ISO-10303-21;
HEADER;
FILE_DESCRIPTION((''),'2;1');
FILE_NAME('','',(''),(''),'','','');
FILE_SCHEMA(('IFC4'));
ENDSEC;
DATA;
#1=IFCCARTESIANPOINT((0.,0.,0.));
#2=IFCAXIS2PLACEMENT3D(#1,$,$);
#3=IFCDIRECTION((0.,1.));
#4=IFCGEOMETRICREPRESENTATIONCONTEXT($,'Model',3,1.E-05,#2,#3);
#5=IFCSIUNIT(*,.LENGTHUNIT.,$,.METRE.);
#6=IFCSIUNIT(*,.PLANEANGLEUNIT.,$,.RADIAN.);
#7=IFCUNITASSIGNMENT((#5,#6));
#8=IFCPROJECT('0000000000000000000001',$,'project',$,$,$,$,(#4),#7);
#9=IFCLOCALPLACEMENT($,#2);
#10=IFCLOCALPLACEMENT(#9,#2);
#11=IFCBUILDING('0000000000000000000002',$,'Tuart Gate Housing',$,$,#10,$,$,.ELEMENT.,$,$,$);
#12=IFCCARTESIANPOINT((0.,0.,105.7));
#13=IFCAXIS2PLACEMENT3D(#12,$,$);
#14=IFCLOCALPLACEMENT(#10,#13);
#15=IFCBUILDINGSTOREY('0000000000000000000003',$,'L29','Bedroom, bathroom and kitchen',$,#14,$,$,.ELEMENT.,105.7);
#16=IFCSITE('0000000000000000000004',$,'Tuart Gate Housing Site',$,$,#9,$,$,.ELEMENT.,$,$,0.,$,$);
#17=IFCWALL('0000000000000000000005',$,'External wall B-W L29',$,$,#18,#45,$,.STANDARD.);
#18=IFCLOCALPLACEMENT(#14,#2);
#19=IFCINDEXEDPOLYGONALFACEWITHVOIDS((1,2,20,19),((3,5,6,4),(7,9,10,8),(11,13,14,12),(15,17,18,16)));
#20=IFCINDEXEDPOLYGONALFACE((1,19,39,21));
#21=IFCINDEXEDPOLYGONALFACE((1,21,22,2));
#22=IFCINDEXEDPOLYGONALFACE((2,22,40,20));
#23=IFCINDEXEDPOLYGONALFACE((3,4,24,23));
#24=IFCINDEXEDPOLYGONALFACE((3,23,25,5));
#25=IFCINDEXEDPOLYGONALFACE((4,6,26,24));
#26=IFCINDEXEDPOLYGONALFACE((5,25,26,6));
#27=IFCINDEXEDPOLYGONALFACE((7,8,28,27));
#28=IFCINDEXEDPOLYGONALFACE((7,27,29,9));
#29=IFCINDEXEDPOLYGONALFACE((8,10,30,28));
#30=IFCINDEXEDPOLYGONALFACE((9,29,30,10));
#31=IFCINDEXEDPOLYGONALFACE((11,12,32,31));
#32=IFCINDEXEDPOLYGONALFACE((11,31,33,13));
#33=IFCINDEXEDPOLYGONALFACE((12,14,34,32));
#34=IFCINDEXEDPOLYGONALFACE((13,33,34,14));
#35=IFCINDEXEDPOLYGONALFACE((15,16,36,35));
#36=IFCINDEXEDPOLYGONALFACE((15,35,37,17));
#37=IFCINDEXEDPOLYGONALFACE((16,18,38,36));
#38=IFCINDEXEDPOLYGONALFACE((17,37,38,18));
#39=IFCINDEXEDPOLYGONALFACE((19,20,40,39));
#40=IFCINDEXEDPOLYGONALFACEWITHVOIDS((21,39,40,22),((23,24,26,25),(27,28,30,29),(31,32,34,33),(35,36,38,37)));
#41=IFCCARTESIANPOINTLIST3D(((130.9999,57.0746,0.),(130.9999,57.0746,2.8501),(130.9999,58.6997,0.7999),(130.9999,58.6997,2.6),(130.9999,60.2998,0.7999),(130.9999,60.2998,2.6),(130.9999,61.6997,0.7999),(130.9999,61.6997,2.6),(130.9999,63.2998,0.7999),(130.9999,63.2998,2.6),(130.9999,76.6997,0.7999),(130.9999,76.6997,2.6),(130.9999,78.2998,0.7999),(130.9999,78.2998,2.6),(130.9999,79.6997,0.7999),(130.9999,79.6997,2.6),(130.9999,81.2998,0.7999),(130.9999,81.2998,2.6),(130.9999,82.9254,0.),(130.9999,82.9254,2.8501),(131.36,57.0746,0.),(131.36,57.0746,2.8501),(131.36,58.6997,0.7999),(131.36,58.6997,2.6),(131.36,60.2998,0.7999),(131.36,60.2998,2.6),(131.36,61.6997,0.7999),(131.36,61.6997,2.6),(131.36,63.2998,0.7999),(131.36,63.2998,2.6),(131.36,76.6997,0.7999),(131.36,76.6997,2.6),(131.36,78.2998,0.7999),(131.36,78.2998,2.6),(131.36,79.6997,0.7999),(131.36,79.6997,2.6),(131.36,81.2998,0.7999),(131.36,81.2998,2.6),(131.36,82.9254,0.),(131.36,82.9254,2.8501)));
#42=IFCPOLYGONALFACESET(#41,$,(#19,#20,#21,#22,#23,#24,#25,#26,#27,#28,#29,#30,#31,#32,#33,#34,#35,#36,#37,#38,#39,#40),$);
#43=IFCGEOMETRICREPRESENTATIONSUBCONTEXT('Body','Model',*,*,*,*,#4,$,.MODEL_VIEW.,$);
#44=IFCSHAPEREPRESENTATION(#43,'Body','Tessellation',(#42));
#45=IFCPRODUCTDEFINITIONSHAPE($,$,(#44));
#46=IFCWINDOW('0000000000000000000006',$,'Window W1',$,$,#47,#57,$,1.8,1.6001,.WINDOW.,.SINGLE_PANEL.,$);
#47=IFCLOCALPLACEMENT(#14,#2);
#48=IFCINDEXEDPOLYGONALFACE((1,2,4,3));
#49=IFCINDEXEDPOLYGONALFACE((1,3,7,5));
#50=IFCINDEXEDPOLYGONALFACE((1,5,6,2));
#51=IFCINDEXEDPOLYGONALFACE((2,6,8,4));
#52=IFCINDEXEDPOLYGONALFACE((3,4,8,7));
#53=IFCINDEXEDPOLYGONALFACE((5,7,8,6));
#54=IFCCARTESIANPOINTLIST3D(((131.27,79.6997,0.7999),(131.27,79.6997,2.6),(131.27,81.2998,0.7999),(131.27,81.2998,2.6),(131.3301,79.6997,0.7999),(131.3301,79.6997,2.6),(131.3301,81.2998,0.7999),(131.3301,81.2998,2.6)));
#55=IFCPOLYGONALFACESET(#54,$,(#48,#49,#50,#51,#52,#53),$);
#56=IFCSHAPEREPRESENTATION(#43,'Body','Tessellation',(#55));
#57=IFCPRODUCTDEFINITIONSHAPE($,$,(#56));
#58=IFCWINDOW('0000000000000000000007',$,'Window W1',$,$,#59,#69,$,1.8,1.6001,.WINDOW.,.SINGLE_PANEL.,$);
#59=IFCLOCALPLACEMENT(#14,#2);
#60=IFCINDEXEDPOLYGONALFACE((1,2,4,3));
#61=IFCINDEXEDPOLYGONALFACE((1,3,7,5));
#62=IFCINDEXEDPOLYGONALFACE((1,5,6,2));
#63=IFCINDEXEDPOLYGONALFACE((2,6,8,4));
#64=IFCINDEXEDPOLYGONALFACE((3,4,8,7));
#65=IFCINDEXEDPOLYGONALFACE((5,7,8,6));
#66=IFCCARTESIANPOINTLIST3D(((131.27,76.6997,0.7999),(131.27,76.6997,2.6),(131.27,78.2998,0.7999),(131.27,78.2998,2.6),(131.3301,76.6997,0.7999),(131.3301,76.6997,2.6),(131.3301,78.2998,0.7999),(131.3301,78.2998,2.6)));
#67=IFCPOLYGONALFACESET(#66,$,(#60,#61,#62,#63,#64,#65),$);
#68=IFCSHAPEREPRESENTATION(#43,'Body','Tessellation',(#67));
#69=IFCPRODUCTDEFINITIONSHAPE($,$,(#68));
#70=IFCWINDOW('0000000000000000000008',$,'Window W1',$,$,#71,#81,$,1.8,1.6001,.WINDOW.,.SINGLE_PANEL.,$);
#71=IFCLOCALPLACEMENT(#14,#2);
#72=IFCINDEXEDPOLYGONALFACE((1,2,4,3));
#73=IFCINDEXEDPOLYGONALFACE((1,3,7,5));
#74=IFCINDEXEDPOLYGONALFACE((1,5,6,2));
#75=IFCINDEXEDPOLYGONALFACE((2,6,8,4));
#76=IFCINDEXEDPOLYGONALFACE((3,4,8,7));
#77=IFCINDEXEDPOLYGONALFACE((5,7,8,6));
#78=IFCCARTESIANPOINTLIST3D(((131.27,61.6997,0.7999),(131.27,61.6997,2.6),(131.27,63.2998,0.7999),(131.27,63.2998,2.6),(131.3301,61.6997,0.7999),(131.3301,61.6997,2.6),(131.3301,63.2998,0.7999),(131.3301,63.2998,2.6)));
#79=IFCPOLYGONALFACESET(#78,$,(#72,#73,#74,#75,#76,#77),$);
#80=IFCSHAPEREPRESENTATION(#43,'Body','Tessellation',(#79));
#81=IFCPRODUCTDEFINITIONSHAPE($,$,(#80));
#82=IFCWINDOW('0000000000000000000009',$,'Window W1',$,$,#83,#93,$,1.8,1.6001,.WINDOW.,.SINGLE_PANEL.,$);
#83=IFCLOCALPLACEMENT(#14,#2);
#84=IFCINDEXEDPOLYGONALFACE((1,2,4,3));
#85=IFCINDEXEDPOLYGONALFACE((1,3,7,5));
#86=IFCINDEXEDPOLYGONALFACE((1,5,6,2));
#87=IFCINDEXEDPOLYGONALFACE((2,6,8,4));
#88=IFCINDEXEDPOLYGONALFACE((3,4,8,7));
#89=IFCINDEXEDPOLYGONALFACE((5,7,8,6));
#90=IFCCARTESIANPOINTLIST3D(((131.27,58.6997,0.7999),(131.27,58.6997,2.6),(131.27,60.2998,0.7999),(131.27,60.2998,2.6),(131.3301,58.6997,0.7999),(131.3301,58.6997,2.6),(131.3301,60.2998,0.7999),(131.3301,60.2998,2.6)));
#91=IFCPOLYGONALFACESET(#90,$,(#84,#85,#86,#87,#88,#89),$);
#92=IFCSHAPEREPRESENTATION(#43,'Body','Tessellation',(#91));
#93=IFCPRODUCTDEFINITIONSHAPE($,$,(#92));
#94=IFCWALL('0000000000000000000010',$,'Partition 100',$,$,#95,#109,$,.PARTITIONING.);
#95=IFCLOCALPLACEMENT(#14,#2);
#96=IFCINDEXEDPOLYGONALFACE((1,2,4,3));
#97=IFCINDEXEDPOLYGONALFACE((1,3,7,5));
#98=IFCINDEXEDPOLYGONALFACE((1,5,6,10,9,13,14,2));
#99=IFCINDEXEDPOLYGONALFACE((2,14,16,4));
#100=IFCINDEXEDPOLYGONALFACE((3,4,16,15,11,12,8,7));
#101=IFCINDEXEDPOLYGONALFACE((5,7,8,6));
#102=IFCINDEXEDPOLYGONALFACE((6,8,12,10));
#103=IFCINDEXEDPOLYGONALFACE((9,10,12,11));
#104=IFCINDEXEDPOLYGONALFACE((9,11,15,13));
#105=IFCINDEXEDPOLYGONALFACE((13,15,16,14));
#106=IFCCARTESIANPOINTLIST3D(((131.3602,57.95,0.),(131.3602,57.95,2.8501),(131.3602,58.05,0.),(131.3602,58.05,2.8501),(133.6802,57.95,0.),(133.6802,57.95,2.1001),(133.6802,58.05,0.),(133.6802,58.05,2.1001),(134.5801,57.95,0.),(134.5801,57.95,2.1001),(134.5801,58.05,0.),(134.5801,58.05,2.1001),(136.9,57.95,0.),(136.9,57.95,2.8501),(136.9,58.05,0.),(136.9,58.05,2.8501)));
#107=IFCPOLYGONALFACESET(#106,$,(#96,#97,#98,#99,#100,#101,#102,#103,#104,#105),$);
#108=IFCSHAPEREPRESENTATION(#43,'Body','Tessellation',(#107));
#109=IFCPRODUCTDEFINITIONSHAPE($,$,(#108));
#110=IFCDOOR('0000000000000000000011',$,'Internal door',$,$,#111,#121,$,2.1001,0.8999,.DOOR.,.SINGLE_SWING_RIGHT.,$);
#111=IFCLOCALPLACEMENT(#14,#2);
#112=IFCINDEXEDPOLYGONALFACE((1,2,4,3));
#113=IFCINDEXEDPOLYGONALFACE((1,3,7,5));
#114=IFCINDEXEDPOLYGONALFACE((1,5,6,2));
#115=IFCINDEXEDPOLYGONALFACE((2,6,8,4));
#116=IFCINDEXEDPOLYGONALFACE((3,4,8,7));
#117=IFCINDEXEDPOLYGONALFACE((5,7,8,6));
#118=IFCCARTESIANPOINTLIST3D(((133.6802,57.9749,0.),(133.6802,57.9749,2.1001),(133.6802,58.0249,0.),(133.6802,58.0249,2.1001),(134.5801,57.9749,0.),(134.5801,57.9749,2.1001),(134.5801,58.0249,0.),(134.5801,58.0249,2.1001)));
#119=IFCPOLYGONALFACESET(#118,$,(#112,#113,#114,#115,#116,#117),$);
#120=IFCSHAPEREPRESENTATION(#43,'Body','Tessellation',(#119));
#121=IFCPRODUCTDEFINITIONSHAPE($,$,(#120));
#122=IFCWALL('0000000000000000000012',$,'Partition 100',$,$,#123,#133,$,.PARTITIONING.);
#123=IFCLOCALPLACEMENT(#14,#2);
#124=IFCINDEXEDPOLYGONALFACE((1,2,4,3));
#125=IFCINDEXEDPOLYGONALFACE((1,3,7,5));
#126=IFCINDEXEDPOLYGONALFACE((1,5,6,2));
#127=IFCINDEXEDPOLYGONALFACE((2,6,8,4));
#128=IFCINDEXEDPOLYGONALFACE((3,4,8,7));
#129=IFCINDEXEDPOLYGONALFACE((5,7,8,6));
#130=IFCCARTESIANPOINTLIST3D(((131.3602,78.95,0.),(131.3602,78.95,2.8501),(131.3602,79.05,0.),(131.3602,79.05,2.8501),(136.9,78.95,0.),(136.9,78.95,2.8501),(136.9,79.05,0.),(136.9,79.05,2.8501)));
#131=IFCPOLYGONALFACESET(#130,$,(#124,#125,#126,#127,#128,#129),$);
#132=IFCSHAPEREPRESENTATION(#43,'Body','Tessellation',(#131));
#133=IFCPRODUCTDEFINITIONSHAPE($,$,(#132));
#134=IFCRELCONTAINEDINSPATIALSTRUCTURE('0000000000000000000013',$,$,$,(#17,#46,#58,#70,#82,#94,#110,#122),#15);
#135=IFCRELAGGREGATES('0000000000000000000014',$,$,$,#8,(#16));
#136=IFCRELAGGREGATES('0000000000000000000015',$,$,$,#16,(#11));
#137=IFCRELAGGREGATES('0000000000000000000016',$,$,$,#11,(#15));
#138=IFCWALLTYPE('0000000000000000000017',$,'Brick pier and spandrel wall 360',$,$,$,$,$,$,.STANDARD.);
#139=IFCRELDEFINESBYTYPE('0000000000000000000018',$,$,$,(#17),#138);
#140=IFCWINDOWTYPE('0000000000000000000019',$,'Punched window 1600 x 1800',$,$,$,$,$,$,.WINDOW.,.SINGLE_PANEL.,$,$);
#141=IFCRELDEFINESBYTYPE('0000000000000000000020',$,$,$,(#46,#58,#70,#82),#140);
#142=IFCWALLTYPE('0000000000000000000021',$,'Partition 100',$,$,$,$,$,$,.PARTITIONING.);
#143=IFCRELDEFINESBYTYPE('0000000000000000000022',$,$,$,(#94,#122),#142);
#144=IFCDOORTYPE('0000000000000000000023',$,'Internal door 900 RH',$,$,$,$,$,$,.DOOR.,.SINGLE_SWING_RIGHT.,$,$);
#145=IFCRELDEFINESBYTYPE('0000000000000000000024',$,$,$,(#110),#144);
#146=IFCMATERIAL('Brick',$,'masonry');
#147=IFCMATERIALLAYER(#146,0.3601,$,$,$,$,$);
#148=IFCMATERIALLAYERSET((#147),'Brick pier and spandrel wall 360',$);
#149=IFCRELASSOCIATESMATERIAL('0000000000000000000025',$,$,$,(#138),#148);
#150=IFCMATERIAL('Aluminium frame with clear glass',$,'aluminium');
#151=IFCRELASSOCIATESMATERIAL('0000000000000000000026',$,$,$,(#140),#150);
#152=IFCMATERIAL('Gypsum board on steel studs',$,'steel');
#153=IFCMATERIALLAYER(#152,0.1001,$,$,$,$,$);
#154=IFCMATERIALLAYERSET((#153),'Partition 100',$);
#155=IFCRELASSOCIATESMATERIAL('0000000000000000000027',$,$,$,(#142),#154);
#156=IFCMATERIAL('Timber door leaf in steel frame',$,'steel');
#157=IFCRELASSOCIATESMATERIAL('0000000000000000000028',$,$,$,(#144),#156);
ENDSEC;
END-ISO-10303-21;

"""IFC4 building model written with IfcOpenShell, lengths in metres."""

from ifc_helpers import new_model, si_unit, direction, frame, frame_2d, origin, place, context, subcontext, project, spatial, rectangle, extrude, material, layer, layer_set, type_object, element, fill, save


model = new_model("IFC4")

# Units and contexts
model_context = context("Model", 3, precision=1e-05, world=origin(), true_north=direction((0.0, 1.0)))
body_context = subcontext(model_context, "Body", "Model", "MODEL_VIEW")
ifc_project = project(units=[si_unit("LENGTHUNIT", "METRE"), si_unit("PLANEANGLEUNIT", "RADIAN")], contexts=[model_context])

# Site, building, storey
site_placement = place(None, origin())
site = spatial("IfcSite", under=ifc_project, at=site_placement, Name="Tuart Gate Housing Site", CompositionType="ELEMENT", RefElevation=0.0)
building_placement = place(site_placement, origin())
building = spatial("IfcBuilding", under=site, at=building_placement, Name="Tuart Gate Housing", CompositionType="ELEMENT")
storey_placement = place(building_placement, frame((0.0, 0.0, 105.7)))
storey = spatial("IfcBuildingStorey", under=building, at=storey_placement, Name="L29", Description="Bedroom, bathroom and kitchen", CompositionType="ELEMENT", Elevation=105.7)

# Shared definitions
ifc_material_1 = material(Name="Brick", Category="masonry")
ifc_layer_1 = layer(ifc_material_1, 0.3601)
ifc_layer_set_1 = layer_set([ifc_layer_1], Name="Brick pier and spandrel wall 360")
wall_type_1 = type_object("IfcWallType", Name="Brick pier and spandrel wall 360", PredefinedType="STANDARD", material=ifc_layer_set_1)
ifc_material_2 = material(Name="Aluminium frame with clear glass", Category="aluminium")
window_type = type_object("IfcWindowType", Name="Punched window 1600 x 1800", PartitioningType="SINGLE_PANEL", PredefinedType="WINDOW", material=ifc_material_2)

# Wall, openings, windows
wall_1_placement = place(storey_placement, frame((131.1799, 82.9253, 0.0), z_axis=(0.0, 0.0, 1.0), x_axis=(0.0, -1.0, 0.0)))
wall_1 = element("IfcWall", 1, at=wall_1_placement, inside=storey, type_object=wall_type_1, Name="External wall B-W L29", PredefinedType="STANDARD", context=body_context, shape_type="SweptSolid", body=[
    extrude(rectangle(XDim=25.8508, YDim=0.3601, at=frame_2d((12.9253, 0.0))), origin(), (0.0, 0.0, 1.0), 2.8501),
])
opening_1_placement = place(wall_1_placement, frame((1.6255, 0.0, 0.8)))
opening_1 = element("IfcOpeningElement", 2, at=opening_1_placement, cuts=wall_1, PredefinedType="OPENING", context=body_context, shape_type="SweptSolid", body=[
    extrude(rectangle(XDim=1.6001, YDim=1.8, at=frame_2d((0.8, 0.8999))), frame((0.0, 0.1899, 0.0), z_axis=(0.0, -1.0, 0.0), x_axis=(1.0, 0.0, 0.0)), (0.0, 0.0, 1.0), 0.3801),
])
opening_2_placement = place(wall_1_placement, frame((4.6255, 0.0, 0.8)))
opening_2 = element("IfcOpeningElement", 3, at=opening_2_placement, cuts=wall_1, PredefinedType="OPENING", context=body_context, shape_type="SweptSolid", body=[
    extrude(rectangle(XDim=1.6001, YDim=1.8, at=frame_2d((0.8, 0.8999))), frame((0.0, 0.1899, 0.0), z_axis=(0.0, -1.0, 0.0), x_axis=(1.0, 0.0, 0.0)), (0.0, 0.0, 1.0), 0.3801),
])
opening_3_placement = place(wall_1_placement, frame((19.6255, 0.0, 0.8)))
opening_3 = element("IfcOpeningElement", 4, at=opening_3_placement, cuts=wall_1, PredefinedType="OPENING", context=body_context, shape_type="SweptSolid", body=[
    extrude(rectangle(XDim=1.6001, YDim=1.8, at=frame_2d((0.8, 0.8999))), frame((0.0, 0.1899, 0.0), z_axis=(0.0, -1.0, 0.0), x_axis=(1.0, 0.0, 0.0)), (0.0, 0.0, 1.0), 0.3801),
])
opening_4_placement = place(wall_1_placement, frame((22.6255, 0.0, 0.8)))
opening_4 = element("IfcOpeningElement", 5, at=opening_4_placement, cuts=wall_1, PredefinedType="OPENING", context=body_context, shape_type="SweptSolid", body=[
    extrude(rectangle(XDim=1.6001, YDim=1.8, at=frame_2d((0.8, 0.8999))), frame((0.0, 0.1899, 0.0), z_axis=(0.0, -1.0, 0.0), x_axis=(1.0, 0.0, 0.0)), (0.0, 0.0, 1.0), 0.3801),
])
window_1_placement = place(opening_1_placement, origin())
window_1 = element("IfcWindow", 6, at=window_1_placement, inside=storey, type_object=window_type, Name="Window W1", OverallHeight=1.8, OverallWidth=1.6001, PartitioningType="SINGLE_PANEL", PredefinedType="WINDOW", context=body_context, shape_type="SweptSolid", body=[
    extrude(rectangle(XDim=1.6001, YDim=1.8, at=frame_2d((0.8, 0.8999))), frame((0.0, 0.1501, 0.0), z_axis=(0.0, -1.0, 0.0), x_axis=(1.0, 0.0, 0.0)), (0.0, 0.0, 1.0), 0.0601),
])
fill(opening_1, window_1)
window_2_placement = place(opening_2_placement, origin())
window_2 = element("IfcWindow", 7, at=window_2_placement, inside=storey, type_object=window_type, Name="Window W1", OverallHeight=1.8, OverallWidth=1.6001, PartitioningType="SINGLE_PANEL", PredefinedType="WINDOW", context=body_context, shape_type="SweptSolid", body=[
    extrude(rectangle(XDim=1.6001, YDim=1.8, at=frame_2d((0.8, 0.8999))), frame((0.0, 0.1501, 0.0), z_axis=(0.0, -1.0, 0.0), x_axis=(1.0, 0.0, 0.0)), (0.0, 0.0, 1.0), 0.0601),
])
fill(opening_2, window_2)
window_3_placement = place(opening_3_placement, origin())
window_3 = element("IfcWindow", 8, at=window_3_placement, inside=storey, type_object=window_type, Name="Window W1", OverallHeight=1.8, OverallWidth=1.6001, PartitioningType="SINGLE_PANEL", PredefinedType="WINDOW", context=body_context, shape_type="SweptSolid", body=[
    extrude(rectangle(XDim=1.6001, YDim=1.8, at=frame_2d((0.8, 0.8999))), frame((0.0, 0.1501, 0.0), z_axis=(0.0, -1.0, 0.0), x_axis=(1.0, 0.0, 0.0)), (0.0, 0.0, 1.0), 0.0601),
])
fill(opening_3, window_3)
window_4_placement = place(opening_4_placement, origin())
window_4 = element("IfcWindow", 9, at=window_4_placement, inside=storey, type_object=window_type, Name="Window W1", OverallHeight=1.8, OverallWidth=1.6001, PartitioningType="SINGLE_PANEL", PredefinedType="WINDOW", context=body_context, shape_type="SweptSolid", body=[
    extrude(rectangle(XDim=1.6001, YDim=1.8, at=frame_2d((0.8, 0.8999))), frame((0.0, 0.1501, 0.0), z_axis=(0.0, -1.0, 0.0), x_axis=(1.0, 0.0, 0.0)), (0.0, 0.0, 1.0), 0.0601),
])
fill(opening_4, window_4)

# Wall, opening, door
ifc_material_3 = material(Name="Gypsum board on steel studs", Category="steel")
ifc_layer_2 = layer(ifc_material_3, 0.1001)
ifc_layer_set_2 = layer_set([ifc_layer_2], Name="Partition 100")
wall_type_2 = type_object("IfcWallType", Name="Partition 100", PredefinedType="PARTITIONING", material=ifc_layer_set_2)
wall_2_placement = place(storey_placement, frame((131.3601, 58.0, 0.0), z_axis=(0.0, 0.0, 1.0), x_axis=(1.0, 0.0, 0.0)))
wall_2 = element("IfcWall", 10, at=wall_2_placement, inside=storey, type_object=wall_type_2, Name="Partition 100", PredefinedType="PARTITIONING", context=body_context, shape_type="SweptSolid", body=[
    extrude(rectangle(XDim=5.5398, YDim=0.1001, at=frame_2d((2.77, 0.0))), origin(), (0.0, 0.0, 1.0), 2.8501),
])
opening_5_placement = place(wall_2_placement, frame((2.3201, 0.0, 0.0)))
opening_5 = element("IfcOpeningElement", 11, at=opening_5_placement, cuts=wall_2, PredefinedType="OPENING", context=body_context, shape_type="SweptSolid", body=[
    extrude(rectangle(XDim=0.8999, YDim=2.1001, at=frame_2d((0.45, 1.05))), frame((0.0, 0.0601, 0.0), z_axis=(0.0, -1.0, 0.0), x_axis=(1.0, 0.0, 0.0)), (0.0, 0.0, 1.0), 0.1201),
])
ifc_material_4 = material(Name="Timber door leaf in steel frame", Category="steel")
door_type = type_object("IfcDoorType", Name="Internal door 900 RH", OperationType="SINGLE_SWING_RIGHT", PredefinedType="DOOR", material=ifc_material_4)
door_placement = place(opening_5_placement, frame((0.8999, 0.0, 0.0), z_axis=(0.0, 0.0, 1.0), x_axis=(-1.0, 0.0, 0.0)))
door = element("IfcDoor", 12, at=door_placement, inside=storey, type_object=door_type, Name="Internal door", OperationType="SINGLE_SWING_RIGHT", OverallHeight=2.1001, OverallWidth=0.8999, PredefinedType="DOOR", context=body_context, shape_type="SweptSolid", body=[
    extrude(rectangle(XDim=0.8999, YDim=2.1001, at=frame_2d((0.45, 1.05))), frame((0.0, 0.0251, 0.0), z_axis=(0.0, -1.0, 0.0), x_axis=(1.0, 0.0, 0.0)), (0.0, 0.0, 1.0), 0.05),
])
fill(opening_5, door)

# Wall
wall_3_placement = place(storey_placement, frame((131.3601, 79.0, 0.0), z_axis=(0.0, 0.0, 1.0), x_axis=(1.0, 0.0, 0.0)))
element("IfcWall", 13, at=wall_3_placement, inside=storey, type_object=wall_type_2, Name="Partition 100", PredefinedType="PARTITIONING", context=body_context, shape_type="SweptSolid", body=[
    extrude(rectangle(XDim=5.5398, YDim=0.1001, at=frame_2d((2.77, 0.0))), origin(), (0.0, 0.0, 1.0), 2.8501),
])

save(model, "model.ifc")
